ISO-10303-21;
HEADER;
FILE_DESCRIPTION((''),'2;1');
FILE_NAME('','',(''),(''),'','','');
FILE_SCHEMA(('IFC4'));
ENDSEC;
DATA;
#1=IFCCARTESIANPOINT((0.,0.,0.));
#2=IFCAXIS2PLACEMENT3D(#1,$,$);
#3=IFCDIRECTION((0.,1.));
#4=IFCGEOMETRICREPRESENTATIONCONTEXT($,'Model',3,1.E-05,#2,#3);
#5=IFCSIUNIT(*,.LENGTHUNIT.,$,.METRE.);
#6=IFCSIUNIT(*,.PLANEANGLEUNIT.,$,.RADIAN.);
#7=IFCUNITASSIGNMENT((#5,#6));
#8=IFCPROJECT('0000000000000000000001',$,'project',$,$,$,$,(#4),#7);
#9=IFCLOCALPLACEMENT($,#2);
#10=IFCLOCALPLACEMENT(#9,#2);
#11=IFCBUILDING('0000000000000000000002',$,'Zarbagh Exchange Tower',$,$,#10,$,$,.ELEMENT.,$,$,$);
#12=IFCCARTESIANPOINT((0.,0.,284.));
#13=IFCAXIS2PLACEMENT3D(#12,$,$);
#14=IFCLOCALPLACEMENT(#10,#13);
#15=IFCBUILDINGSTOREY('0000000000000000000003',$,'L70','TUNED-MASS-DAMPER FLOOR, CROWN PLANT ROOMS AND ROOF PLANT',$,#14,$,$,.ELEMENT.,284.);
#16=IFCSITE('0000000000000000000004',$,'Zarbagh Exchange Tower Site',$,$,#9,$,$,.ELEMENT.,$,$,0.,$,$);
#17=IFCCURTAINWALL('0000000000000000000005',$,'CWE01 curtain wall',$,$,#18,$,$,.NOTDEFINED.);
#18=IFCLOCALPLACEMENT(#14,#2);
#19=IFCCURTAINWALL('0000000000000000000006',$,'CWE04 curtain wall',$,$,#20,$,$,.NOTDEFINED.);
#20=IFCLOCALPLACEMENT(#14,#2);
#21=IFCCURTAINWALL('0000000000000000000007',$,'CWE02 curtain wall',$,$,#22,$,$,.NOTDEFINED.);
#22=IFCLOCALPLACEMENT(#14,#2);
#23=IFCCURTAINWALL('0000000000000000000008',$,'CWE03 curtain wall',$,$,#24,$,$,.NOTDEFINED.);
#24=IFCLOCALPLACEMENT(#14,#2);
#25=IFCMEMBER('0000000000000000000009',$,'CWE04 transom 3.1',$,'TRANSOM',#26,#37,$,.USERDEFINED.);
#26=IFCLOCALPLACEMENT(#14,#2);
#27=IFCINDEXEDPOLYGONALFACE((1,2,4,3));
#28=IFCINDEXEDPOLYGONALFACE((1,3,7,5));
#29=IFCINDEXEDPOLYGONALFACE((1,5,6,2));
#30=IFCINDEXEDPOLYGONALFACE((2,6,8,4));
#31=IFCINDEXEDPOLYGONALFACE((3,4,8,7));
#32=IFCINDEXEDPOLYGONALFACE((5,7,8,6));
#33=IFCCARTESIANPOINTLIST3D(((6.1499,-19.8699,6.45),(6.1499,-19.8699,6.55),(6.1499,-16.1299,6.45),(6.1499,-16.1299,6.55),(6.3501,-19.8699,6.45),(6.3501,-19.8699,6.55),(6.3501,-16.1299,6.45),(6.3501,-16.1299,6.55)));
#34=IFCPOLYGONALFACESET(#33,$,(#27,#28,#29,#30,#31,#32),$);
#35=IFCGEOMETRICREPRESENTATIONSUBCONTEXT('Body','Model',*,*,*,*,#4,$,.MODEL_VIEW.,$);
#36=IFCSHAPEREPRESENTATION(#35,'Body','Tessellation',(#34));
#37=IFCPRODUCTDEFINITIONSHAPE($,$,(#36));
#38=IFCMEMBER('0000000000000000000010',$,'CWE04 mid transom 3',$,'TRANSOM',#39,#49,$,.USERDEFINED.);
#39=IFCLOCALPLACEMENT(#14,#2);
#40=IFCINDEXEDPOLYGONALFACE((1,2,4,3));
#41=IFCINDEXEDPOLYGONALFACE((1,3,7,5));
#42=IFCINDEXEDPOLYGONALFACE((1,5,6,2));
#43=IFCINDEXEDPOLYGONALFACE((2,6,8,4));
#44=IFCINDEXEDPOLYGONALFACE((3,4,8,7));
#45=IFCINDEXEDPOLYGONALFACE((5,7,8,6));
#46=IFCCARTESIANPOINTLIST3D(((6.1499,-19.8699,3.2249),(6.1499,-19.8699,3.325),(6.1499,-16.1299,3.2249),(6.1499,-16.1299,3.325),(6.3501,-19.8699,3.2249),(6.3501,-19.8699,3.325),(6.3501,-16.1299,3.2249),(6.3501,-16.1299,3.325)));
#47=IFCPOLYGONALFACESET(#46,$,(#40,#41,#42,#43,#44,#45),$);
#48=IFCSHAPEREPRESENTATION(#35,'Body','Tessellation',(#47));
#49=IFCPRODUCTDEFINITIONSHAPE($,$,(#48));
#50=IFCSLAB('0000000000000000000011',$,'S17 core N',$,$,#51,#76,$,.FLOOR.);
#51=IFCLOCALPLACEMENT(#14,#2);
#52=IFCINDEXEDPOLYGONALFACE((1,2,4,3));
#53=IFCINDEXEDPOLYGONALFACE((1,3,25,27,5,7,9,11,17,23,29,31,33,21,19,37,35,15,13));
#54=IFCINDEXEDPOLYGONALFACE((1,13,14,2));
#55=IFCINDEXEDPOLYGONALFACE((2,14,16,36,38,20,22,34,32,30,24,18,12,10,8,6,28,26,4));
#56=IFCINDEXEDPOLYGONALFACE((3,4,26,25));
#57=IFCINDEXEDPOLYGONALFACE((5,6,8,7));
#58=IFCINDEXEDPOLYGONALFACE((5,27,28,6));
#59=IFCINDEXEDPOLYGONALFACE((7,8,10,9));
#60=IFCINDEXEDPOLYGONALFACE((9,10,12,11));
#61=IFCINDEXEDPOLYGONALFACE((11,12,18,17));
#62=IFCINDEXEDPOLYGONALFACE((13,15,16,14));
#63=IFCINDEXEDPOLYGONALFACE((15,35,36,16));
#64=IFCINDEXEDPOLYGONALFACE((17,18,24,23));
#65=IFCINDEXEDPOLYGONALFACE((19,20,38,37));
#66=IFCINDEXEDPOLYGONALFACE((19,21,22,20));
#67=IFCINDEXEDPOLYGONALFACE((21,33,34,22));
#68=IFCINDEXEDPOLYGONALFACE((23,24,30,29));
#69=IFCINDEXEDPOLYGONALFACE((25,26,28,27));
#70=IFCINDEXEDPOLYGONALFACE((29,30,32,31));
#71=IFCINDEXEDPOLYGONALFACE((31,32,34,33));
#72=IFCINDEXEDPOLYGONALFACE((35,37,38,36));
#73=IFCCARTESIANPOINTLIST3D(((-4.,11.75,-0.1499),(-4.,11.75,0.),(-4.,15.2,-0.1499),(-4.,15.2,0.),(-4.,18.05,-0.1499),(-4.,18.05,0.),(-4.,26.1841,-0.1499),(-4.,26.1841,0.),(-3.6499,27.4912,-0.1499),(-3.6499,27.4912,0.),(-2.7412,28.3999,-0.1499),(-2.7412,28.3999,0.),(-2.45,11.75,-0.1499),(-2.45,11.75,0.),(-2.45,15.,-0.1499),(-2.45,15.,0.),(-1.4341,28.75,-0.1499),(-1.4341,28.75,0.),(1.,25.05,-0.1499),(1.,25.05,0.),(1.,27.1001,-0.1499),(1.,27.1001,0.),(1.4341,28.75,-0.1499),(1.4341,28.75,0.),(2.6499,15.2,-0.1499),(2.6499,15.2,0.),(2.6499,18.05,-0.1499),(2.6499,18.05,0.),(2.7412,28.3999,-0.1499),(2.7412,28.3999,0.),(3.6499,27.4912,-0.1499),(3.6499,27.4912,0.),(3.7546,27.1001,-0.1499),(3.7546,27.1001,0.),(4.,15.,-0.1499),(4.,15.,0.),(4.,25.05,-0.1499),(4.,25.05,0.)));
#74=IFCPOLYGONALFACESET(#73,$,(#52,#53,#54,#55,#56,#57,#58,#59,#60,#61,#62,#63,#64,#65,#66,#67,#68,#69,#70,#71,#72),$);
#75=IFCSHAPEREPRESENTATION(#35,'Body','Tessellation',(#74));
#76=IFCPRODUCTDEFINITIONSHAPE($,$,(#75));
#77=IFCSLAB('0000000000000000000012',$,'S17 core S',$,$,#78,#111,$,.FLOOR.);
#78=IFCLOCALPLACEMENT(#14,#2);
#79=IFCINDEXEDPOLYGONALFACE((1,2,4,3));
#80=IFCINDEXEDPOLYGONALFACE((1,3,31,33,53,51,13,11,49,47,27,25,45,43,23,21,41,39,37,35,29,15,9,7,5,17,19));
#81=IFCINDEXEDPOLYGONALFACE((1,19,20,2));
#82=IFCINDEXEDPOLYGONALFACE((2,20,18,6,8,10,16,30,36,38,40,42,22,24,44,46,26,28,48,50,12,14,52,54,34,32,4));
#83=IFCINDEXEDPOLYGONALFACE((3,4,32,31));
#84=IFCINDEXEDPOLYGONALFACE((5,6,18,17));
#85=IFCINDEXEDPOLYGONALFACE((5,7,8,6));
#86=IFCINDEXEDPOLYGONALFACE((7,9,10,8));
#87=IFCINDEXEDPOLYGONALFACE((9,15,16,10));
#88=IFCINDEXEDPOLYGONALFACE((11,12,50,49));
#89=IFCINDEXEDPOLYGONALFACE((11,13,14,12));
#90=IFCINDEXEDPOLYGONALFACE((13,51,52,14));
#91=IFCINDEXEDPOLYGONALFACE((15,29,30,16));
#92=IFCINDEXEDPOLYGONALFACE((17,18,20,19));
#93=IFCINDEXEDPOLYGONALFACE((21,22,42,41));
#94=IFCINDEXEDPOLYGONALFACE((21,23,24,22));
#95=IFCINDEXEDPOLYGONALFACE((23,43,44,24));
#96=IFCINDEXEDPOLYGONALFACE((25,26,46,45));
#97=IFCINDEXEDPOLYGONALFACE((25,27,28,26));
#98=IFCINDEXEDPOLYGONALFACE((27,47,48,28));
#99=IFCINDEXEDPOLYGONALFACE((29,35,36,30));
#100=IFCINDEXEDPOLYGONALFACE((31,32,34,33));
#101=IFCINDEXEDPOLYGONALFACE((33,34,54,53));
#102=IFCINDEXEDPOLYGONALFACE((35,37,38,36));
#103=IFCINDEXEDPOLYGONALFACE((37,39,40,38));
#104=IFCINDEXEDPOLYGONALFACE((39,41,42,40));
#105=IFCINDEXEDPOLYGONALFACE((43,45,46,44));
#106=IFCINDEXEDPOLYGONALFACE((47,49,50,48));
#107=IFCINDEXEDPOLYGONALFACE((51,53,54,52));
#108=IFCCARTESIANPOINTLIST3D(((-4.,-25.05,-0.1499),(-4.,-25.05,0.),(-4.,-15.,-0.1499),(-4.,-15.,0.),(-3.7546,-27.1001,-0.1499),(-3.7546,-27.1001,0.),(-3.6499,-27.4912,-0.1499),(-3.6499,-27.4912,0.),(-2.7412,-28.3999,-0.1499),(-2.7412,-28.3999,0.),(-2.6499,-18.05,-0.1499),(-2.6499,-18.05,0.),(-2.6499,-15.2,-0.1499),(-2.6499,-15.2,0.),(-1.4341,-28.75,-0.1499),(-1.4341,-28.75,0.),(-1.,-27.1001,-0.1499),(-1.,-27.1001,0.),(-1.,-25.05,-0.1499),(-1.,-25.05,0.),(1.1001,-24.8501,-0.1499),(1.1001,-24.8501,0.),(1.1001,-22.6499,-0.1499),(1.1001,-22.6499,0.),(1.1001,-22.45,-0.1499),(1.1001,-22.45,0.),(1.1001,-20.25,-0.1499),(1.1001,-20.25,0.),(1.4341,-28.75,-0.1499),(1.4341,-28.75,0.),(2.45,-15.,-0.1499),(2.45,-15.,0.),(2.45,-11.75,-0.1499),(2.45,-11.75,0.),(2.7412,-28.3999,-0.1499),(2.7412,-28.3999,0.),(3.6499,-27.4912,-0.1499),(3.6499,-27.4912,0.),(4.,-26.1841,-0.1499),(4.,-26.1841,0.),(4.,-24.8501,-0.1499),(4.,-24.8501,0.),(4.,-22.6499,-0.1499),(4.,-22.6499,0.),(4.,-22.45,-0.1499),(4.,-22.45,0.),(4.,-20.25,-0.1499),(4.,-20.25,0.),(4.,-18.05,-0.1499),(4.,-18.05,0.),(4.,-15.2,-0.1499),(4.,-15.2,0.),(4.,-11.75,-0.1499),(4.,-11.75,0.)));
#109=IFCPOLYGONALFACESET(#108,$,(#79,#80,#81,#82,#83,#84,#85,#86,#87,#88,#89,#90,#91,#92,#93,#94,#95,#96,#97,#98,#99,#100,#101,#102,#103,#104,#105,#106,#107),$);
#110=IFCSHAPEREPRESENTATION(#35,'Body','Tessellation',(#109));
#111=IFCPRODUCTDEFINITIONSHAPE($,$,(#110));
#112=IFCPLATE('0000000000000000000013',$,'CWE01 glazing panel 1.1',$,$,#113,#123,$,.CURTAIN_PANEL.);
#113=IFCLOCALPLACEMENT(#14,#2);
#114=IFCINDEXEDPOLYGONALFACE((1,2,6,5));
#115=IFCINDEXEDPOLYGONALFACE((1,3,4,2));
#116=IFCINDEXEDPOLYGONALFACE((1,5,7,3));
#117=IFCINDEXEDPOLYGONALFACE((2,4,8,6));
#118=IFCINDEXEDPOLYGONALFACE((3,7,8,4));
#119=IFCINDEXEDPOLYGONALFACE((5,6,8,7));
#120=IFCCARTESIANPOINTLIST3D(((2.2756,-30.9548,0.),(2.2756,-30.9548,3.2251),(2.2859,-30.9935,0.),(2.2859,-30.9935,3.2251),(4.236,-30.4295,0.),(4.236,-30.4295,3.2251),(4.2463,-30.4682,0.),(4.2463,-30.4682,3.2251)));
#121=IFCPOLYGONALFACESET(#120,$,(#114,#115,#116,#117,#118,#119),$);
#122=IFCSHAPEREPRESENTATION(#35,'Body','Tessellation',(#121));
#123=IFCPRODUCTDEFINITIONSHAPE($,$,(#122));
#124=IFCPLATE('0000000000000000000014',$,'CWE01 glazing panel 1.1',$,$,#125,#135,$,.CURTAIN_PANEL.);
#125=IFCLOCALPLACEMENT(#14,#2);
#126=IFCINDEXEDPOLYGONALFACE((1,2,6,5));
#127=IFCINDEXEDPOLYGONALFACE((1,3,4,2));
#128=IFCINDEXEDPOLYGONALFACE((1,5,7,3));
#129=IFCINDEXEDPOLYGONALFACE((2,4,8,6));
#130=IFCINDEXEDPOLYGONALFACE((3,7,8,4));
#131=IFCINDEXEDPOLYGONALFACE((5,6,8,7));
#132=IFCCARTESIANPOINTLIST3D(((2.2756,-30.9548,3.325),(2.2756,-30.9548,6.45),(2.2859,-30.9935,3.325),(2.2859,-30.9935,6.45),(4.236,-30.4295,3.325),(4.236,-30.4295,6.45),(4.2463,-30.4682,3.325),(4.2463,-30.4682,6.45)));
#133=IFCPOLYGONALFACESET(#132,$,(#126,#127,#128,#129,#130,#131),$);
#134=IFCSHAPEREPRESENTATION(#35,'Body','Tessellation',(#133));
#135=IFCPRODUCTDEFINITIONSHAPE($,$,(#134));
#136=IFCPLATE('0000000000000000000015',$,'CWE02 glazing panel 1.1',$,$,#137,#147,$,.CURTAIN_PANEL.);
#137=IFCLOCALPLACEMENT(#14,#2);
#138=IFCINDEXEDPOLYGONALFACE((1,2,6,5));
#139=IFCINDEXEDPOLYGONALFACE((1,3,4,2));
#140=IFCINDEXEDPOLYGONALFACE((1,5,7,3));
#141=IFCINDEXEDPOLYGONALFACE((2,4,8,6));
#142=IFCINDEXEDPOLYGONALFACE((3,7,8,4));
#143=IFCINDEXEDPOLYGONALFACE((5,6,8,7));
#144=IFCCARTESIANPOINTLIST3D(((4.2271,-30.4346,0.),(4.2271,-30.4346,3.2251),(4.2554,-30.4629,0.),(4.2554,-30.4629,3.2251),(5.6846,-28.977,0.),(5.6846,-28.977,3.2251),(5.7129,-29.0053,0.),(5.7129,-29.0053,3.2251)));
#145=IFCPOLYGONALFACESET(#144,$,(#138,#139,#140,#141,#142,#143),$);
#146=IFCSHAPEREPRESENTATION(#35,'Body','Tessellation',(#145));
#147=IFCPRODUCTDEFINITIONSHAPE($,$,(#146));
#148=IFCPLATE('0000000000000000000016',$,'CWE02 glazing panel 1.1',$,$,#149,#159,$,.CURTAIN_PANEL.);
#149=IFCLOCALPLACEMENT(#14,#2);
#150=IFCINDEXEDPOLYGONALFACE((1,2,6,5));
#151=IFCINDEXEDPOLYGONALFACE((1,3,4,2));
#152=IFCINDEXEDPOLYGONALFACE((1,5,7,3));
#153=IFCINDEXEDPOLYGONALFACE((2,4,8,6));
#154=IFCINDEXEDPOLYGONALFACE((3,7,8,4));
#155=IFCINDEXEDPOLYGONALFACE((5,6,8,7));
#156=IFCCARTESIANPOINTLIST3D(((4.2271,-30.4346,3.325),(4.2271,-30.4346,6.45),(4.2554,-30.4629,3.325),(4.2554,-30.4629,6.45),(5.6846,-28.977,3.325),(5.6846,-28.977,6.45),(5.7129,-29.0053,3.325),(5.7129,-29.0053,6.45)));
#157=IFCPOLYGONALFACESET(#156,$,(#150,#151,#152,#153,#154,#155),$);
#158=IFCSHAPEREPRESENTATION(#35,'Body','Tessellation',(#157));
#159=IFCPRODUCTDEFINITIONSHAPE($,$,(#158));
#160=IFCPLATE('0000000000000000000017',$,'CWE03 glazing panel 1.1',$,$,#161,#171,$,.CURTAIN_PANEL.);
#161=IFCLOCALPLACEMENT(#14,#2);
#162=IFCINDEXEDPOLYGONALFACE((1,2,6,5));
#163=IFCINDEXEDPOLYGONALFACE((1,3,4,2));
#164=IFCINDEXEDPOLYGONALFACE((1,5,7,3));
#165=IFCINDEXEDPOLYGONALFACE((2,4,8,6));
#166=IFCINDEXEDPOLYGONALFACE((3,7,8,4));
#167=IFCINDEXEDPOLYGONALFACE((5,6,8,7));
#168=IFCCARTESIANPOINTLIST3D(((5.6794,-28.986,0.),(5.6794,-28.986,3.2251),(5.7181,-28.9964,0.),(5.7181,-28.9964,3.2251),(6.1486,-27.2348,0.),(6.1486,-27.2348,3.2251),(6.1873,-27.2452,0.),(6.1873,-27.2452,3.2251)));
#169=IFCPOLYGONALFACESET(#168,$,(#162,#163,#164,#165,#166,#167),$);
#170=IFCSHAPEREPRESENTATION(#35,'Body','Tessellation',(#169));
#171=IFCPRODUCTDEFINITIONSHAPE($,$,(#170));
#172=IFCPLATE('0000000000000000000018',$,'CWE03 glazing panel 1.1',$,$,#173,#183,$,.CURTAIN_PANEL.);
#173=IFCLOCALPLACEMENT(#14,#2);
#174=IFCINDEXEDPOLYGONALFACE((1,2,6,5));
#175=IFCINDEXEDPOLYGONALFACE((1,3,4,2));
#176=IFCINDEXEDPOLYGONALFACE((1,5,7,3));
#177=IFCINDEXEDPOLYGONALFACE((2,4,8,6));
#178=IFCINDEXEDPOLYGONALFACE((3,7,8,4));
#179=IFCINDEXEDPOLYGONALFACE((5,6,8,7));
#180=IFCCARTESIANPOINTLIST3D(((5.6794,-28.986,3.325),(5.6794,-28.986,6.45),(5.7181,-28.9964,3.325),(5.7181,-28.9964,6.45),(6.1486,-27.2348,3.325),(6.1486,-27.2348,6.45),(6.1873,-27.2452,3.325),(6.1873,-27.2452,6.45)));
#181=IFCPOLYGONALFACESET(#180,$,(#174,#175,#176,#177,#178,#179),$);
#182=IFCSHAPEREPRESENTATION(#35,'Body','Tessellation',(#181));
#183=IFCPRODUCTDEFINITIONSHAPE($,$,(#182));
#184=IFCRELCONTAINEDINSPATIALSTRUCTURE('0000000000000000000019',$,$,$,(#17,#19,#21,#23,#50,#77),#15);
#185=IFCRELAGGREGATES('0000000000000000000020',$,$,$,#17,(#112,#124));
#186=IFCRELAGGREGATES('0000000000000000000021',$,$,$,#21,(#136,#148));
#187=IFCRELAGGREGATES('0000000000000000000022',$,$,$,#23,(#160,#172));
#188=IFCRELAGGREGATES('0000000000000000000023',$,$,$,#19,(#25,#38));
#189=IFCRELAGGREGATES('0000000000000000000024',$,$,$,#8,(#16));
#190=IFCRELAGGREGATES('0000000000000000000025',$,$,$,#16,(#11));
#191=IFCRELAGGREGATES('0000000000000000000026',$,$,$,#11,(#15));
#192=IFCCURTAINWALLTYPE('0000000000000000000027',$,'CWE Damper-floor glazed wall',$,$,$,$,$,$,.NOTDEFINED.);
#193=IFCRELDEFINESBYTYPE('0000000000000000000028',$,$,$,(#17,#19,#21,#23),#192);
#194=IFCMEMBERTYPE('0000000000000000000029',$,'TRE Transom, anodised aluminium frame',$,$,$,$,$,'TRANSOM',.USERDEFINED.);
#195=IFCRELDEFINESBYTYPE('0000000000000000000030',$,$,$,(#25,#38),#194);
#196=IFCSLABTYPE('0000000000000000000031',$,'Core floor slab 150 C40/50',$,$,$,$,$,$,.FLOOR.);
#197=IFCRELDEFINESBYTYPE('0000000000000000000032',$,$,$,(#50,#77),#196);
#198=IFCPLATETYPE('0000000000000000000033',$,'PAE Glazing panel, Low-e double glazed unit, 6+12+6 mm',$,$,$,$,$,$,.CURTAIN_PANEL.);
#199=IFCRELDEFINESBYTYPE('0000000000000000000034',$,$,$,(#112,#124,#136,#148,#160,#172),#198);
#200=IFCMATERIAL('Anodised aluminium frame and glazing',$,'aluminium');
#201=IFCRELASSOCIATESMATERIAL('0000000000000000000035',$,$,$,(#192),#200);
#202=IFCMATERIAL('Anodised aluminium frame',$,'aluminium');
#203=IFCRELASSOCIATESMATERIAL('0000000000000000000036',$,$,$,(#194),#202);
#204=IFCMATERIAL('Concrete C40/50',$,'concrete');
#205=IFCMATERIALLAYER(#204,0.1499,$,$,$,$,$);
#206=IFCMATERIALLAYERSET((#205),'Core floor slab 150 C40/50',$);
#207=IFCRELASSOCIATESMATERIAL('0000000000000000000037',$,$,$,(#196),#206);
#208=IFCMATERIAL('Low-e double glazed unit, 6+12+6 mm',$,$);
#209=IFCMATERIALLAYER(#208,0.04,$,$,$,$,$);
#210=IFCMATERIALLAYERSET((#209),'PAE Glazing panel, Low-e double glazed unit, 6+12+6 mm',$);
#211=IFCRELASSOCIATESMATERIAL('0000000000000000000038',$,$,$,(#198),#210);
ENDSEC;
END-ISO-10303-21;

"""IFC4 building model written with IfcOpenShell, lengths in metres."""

from ifc_helpers import new_model, si_unit, direction, frame, origin, place, context, subcontext, project, spatial, polyline, outline, extrude, source, transform, mapped, material, layer, layer_set, type_object, element, aggregate, save


model = new_model("IFC4")

# Units and contexts
model_context = context("Model", 3, precision=1e-05, world=origin(), true_north=direction((0.0, 1.0)))
body_context = subcontext(model_context, "Body", "Model", "MODEL_VIEW")
ifc_project = project(units=[si_unit("LENGTHUNIT", "METRE"), si_unit("PLANEANGLEUNIT", "RADIAN")], contexts=[model_context])

# Site, building, storey
site_placement = place(None, origin())
site = spatial("IfcSite", under=ifc_project, at=site_placement, Name="Zarbagh Exchange Tower Site", CompositionType="ELEMENT", RefElevation=0.0)
building_placement = place(site_placement, origin())
building = spatial("IfcBuilding", under=site, at=building_placement, Name="Zarbagh Exchange Tower", CompositionType="ELEMENT")
storey_placement = place(building_placement, frame((0.0, 0.0, 284.0)))
storey = spatial("IfcBuildingStorey", under=building, at=storey_placement, Name="L70", Description="TUNED-MASS-DAMPER FLOOR, CROWN PLANT ROOMS AND ROOF PLANT", CompositionType="ELEMENT", Elevation=284.0)

# Curtain wall
ifc_material_1 = material(Name="Anodised aluminium frame and glazing", Category="aluminium")
curtain_wall_type = type_object("IfcCurtainWallType", Name="CWE Damper-floor glazed wall", PredefinedType="NOTDEFINED", material=ifc_material_1)
curtain_wall_1_placement = place(storey_placement, origin())
curtain_wall_1 = element("IfcCurtainWall", 1, at=curtain_wall_1_placement, inside=storey, type_object=curtain_wall_type, Name="CWE01 curtain wall", PredefinedType="NOTDEFINED")
ifc_material_2 = material(Name="Anodised aluminium frame", Category="aluminium")
placement = place(storey_placement, origin())

# Curtain wall
curtain_wall_2_placement = place(storey_placement, origin())
curtain_wall_2 = element("IfcCurtainWall", 2, at=curtain_wall_2_placement, inside=storey, type_object=curtain_wall_type, Name="CWE04 curtain wall", PredefinedType="NOTDEFINED")

# Shared definitions
member_type_1 = type_object("IfcMemberType", Name="TRE Transom, anodised aluminium frame", ElementType="TRANSOM", PredefinedType="USERDEFINED", material=ifc_material_2)

# Curtain walls
curtain_wall_3_placement = place(storey_placement, origin())
curtain_wall_3 = element("IfcCurtainWall", 3, at=curtain_wall_3_placement, inside=storey, type_object=curtain_wall_type, Name="CWE02 curtain wall", PredefinedType="NOTDEFINED")
curtain_wall_4_placement = place(storey_placement, origin())
curtain_wall_4 = element("IfcCurtainWall", 4, at=curtain_wall_4_placement, inside=storey, type_object=curtain_wall_type, Name="CWE03 curtain wall", PredefinedType="NOTDEFINED")

# Members
shared_shape_1 = source(origin(), body_context, "Body", "SweptSolid", [
    extrude(outline(polyline([(-0.1001, -0.1001), (0.0, -0.1001), (0.0, 0.1001), (-0.1001, 0.1001), (-0.1001, -0.1001)])), origin(), (0.0, 0.0, 1.0), 3.74),
])
member_1 = element("IfcMember", 5, at=placement, type_object=member_type_1, Name="CWE04 transom 3.1", ObjectType="TRANSOM", PredefinedType="USERDEFINED", context=body_context, shape_type="MappedRepresentation", body=[
    mapped(shared_shape_1, transform((6.25, -19.8699, 6.55), x_axis=(0.0, 0.0, 1.0), y_axis=(1.0, 0.0, 0.0), z_axis=(0.0, 1.0, 0.0))),
])
shared_shape_2 = source(origin(), body_context, "Body", "SweptSolid", [
    extrude(outline(polyline([(-0.05, -0.1001), (0.05, -0.1001), (0.05, 0.1001), (-0.05, 0.1001), (-0.05, -0.1001)])), origin(), (0.0, 0.0, 1.0), 3.74),
])
member_2 = element("IfcMember", 6, at=placement, type_object=member_type_1, Name="CWE04 mid transom 3", ObjectType="TRANSOM", PredefinedType="USERDEFINED", context=body_context, shape_type="MappedRepresentation", body=[
    mapped(shared_shape_2, transform((6.25, -19.8699, 3.2749), x_axis=(0.0, 0.0, 1.0), y_axis=(1.0, 0.0, 0.0), z_axis=(0.0, 1.0, 0.0))),
])

# Slabs
ifc_material_3 = material(Name="Concrete C40/50", Category="concrete")
ifc_layer_1 = layer(ifc_material_3, 0.1499)
ifc_layer_set_1 = layer_set([ifc_layer_1], Name="Core floor slab 150 C40/50")
slab_type = type_object("IfcSlabType", Name="Core floor slab 150 C40/50", PredefinedType="FLOOR", material=ifc_layer_set_1)
slab_1_placement = place(storey_placement, frame((0.0, 0.0, -0.1499)))
element("IfcSlab", 7, at=slab_1_placement, inside=storey, type_object=slab_type, Name="S17 core N", PredefinedType="FLOOR", context=body_context, shape_type="SweptSolid", body=[
    extrude(outline(polyline([(-4.0, 11.75), (-4.0, 15.2), (2.6499, 15.2), (2.6499, 18.05), (-4.0, 18.05), (-4.0, 26.1841), (-3.6499, 27.4912), (-2.7412, 28.3999), (-1.4341, 28.75), (1.4341, 28.75), (2.7412, 28.3999), (3.6499, 27.4912), (3.8577, 26.7151), (3.7546, 27.1001), (1.0, 27.1001), (1.0, 25.05), (4.0, 25.05), (4.0, 15.0), (-2.45, 15.0), (-2.45, 11.75), (-4.0, 11.75)])), origin(), (0.0, 0.0, 1.0), 0.1499),
])
slab_2_placement = place(storey_placement, frame((0.0, 0.0, -0.1499)))
element("IfcSlab", 8, at=slab_2_placement, inside=storey, type_object=slab_type, Name="S17 core S", PredefinedType="FLOOR", context=body_context, shape_type="SweptSolid", body=[
    extrude(outline(polyline([(-2.7412, -28.3999), (-3.6499, -27.4912), (-3.8577, -26.7151), (-3.7546, -27.1001), (-1.0, -27.1001), (-1.0, -25.05), (-4.0, -25.05), (-4.0, -15.0), (2.45, -15.0), (2.45, -11.75), (4.0, -11.75), (4.0, -15.2), (-2.6499, -15.2), (-2.6499, -18.05), (4.0, -18.05), (4.0, -20.25), (1.1001, -20.25), (1.1001, -22.45), (4.0, -22.45), (4.0, -22.6499), (1.1001, -22.6499), (1.1001, -24.8501), (4.0, -24.8501), (4.0, -26.1841), (3.6499, -27.4912), (2.7412, -28.3999), (1.4341, -28.75), (-1.4341, -28.75), (-2.7412, -28.3999)])), origin(), (0.0, 0.0, 1.0), 0.1499),
])

# Plates
ifc_material_4 = material(Name="Low-e double glazed unit, 6+12+6 mm")
ifc_layer_2 = layer(ifc_material_4, 0.04)
ifc_layer_set_2 = layer_set([ifc_layer_2], Name="PAE Glazing panel, Low-e double glazed unit, 6+12+6 mm")
plate_type = type_object("IfcPlateType", Name="PAE Glazing panel, Low-e double glazed unit, 6+12+6 mm", PredefinedType="CURTAIN_PANEL", material=ifc_layer_set_2)
shared_shape_3 = source(origin(), body_context, "Body", "SweptSolid", [
    extrude(outline(polyline([(0.0, -0.02), (2.0295, -0.02), (2.0295, 0.02), (0.0, 0.02), (0.0, -0.02)])), origin(), (0.0, 0.0, 1.0), 3.2251),
])
plate_1 = element("IfcPlate", 9, at=placement, type_object=plate_type, Name="CWE01 glazing panel 1.1", PredefinedType="CURTAIN_PANEL", context=body_context, shape_type="MappedRepresentation", body=[
    mapped(shared_shape_3, transform((2.2808, -30.9741, 0.0), x_axis=(0.965924, 0.258825, 0.0), y_axis=(-0.258825, 0.965924, 0.0), z_axis=(0.0, 0.0, 1.0))),
])
shared_shape_4 = source(origin(), body_context, "Body", "SweptSolid", [
    extrude(outline(polyline([(0.0, -0.02), (2.0295, -0.02), (2.0295, 0.02), (0.0, 0.02), (0.0, -0.02)])), origin(), (0.0, 0.0, 1.0), 3.125),
])
plate_2 = element("IfcPlate", 10, at=placement, type_object=plate_type, Name="CWE01 glazing panel 1.1", PredefinedType="CURTAIN_PANEL", context=body_context, shape_type="MappedRepresentation", body=[
    mapped(shared_shape_4, transform((2.2808, -30.9741, 3.325), x_axis=(0.965924, 0.258825, 0.0), y_axis=(-0.258825, 0.965924, 0.0), z_axis=(0.0, 0.0, 1.0))),
])
aggregate(curtain_wall_1, [plate_1, plate_2])
shared_shape_5 = source(origin(), body_context, "Body", "SweptSolid", [
    extrude(outline(polyline([(0.0, -0.02), (2.0613, -0.02), (2.0613, 0.02), (0.0, 0.02), (0.0, -0.02)])), origin(), (0.0, 0.0, 1.0), 3.2251),
])
plate_3 = element("IfcPlate", 11, at=placement, type_object=plate_type, Name="CWE02 glazing panel 1.1", PredefinedType="CURTAIN_PANEL", context=body_context, shape_type="MappedRepresentation", body=[
    mapped(shared_shape_5, transform((4.2412, -30.4487, 0.0), x_axis=(0.707107, 0.707107, 0.0), y_axis=(-0.707107, 0.707107, 0.0), z_axis=(0.0, 0.0, 1.0))),
])
shared_shape_6 = source(origin(), body_context, "Body", "SweptSolid", [
    extrude(outline(polyline([(0.0, -0.02), (2.0613, -0.02), (2.0613, 0.02), (0.0, 0.02), (0.0, -0.02)])), origin(), (0.0, 0.0, 1.0), 3.125),
])
plate_4 = element("IfcPlate", 12, at=placement, type_object=plate_type, Name="CWE02 glazing panel 1.1", PredefinedType="CURTAIN_PANEL", context=body_context, shape_type="MappedRepresentation", body=[
    mapped(shared_shape_6, transform((4.2412, -30.4487, 3.325), x_axis=(0.707107, 0.707107, 0.0), y_axis=(-0.707107, 0.707107, 0.0), z_axis=(0.0, 0.0, 1.0))),
])
aggregate(curtain_wall_3, [plate_3, plate_4])
shared_shape_7 = source(origin(), body_context, "Body", "SweptSolid", [
    extrude(outline(polyline([(0.0, -0.02), (1.813, -0.02), (1.813, 0.02), (0.0, 0.02), (0.0, -0.02)])), origin(), (0.0, 0.0, 1.0), 3.2251),
])
plate_5 = element("IfcPlate", 13, at=placement, type_object=plate_type, Name="CWE03 glazing panel 1.1", PredefinedType="CURTAIN_PANEL", context=body_context, shape_type="MappedRepresentation", body=[
    mapped(shared_shape_7, transform((5.6987, -28.9912, 0.0), x_axis=(0.258825, 0.965924, 0.0), y_axis=(-0.965924, 0.258825, 0.0), z_axis=(0.0, 0.0, 1.0))),
])
shared_shape_8 = source(origin(), body_context, "Body", "SweptSolid", [
    extrude(outline(polyline([(0.0, -0.02), (1.813, -0.02), (1.813, 0.02), (0.0, 0.02), (0.0, -0.02)])), origin(), (0.0, 0.0, 1.0), 3.125),
])
plate_6 = element("IfcPlate", 14, at=placement, type_object=plate_type, Name="CWE03 glazing panel 1.1", PredefinedType="CURTAIN_PANEL", context=body_context, shape_type="MappedRepresentation", body=[
    mapped(shared_shape_8, transform((5.6987, -28.9912, 3.325), x_axis=(0.258825, 0.965924, 0.0), y_axis=(-0.965924, 0.258825, 0.0), z_axis=(0.0, 0.0, 1.0))),
])
aggregate(curtain_wall_4, [plate_5, plate_6])
aggregate(curtain_wall_2, [member_1, member_2])

save(model, "model.ifc")
